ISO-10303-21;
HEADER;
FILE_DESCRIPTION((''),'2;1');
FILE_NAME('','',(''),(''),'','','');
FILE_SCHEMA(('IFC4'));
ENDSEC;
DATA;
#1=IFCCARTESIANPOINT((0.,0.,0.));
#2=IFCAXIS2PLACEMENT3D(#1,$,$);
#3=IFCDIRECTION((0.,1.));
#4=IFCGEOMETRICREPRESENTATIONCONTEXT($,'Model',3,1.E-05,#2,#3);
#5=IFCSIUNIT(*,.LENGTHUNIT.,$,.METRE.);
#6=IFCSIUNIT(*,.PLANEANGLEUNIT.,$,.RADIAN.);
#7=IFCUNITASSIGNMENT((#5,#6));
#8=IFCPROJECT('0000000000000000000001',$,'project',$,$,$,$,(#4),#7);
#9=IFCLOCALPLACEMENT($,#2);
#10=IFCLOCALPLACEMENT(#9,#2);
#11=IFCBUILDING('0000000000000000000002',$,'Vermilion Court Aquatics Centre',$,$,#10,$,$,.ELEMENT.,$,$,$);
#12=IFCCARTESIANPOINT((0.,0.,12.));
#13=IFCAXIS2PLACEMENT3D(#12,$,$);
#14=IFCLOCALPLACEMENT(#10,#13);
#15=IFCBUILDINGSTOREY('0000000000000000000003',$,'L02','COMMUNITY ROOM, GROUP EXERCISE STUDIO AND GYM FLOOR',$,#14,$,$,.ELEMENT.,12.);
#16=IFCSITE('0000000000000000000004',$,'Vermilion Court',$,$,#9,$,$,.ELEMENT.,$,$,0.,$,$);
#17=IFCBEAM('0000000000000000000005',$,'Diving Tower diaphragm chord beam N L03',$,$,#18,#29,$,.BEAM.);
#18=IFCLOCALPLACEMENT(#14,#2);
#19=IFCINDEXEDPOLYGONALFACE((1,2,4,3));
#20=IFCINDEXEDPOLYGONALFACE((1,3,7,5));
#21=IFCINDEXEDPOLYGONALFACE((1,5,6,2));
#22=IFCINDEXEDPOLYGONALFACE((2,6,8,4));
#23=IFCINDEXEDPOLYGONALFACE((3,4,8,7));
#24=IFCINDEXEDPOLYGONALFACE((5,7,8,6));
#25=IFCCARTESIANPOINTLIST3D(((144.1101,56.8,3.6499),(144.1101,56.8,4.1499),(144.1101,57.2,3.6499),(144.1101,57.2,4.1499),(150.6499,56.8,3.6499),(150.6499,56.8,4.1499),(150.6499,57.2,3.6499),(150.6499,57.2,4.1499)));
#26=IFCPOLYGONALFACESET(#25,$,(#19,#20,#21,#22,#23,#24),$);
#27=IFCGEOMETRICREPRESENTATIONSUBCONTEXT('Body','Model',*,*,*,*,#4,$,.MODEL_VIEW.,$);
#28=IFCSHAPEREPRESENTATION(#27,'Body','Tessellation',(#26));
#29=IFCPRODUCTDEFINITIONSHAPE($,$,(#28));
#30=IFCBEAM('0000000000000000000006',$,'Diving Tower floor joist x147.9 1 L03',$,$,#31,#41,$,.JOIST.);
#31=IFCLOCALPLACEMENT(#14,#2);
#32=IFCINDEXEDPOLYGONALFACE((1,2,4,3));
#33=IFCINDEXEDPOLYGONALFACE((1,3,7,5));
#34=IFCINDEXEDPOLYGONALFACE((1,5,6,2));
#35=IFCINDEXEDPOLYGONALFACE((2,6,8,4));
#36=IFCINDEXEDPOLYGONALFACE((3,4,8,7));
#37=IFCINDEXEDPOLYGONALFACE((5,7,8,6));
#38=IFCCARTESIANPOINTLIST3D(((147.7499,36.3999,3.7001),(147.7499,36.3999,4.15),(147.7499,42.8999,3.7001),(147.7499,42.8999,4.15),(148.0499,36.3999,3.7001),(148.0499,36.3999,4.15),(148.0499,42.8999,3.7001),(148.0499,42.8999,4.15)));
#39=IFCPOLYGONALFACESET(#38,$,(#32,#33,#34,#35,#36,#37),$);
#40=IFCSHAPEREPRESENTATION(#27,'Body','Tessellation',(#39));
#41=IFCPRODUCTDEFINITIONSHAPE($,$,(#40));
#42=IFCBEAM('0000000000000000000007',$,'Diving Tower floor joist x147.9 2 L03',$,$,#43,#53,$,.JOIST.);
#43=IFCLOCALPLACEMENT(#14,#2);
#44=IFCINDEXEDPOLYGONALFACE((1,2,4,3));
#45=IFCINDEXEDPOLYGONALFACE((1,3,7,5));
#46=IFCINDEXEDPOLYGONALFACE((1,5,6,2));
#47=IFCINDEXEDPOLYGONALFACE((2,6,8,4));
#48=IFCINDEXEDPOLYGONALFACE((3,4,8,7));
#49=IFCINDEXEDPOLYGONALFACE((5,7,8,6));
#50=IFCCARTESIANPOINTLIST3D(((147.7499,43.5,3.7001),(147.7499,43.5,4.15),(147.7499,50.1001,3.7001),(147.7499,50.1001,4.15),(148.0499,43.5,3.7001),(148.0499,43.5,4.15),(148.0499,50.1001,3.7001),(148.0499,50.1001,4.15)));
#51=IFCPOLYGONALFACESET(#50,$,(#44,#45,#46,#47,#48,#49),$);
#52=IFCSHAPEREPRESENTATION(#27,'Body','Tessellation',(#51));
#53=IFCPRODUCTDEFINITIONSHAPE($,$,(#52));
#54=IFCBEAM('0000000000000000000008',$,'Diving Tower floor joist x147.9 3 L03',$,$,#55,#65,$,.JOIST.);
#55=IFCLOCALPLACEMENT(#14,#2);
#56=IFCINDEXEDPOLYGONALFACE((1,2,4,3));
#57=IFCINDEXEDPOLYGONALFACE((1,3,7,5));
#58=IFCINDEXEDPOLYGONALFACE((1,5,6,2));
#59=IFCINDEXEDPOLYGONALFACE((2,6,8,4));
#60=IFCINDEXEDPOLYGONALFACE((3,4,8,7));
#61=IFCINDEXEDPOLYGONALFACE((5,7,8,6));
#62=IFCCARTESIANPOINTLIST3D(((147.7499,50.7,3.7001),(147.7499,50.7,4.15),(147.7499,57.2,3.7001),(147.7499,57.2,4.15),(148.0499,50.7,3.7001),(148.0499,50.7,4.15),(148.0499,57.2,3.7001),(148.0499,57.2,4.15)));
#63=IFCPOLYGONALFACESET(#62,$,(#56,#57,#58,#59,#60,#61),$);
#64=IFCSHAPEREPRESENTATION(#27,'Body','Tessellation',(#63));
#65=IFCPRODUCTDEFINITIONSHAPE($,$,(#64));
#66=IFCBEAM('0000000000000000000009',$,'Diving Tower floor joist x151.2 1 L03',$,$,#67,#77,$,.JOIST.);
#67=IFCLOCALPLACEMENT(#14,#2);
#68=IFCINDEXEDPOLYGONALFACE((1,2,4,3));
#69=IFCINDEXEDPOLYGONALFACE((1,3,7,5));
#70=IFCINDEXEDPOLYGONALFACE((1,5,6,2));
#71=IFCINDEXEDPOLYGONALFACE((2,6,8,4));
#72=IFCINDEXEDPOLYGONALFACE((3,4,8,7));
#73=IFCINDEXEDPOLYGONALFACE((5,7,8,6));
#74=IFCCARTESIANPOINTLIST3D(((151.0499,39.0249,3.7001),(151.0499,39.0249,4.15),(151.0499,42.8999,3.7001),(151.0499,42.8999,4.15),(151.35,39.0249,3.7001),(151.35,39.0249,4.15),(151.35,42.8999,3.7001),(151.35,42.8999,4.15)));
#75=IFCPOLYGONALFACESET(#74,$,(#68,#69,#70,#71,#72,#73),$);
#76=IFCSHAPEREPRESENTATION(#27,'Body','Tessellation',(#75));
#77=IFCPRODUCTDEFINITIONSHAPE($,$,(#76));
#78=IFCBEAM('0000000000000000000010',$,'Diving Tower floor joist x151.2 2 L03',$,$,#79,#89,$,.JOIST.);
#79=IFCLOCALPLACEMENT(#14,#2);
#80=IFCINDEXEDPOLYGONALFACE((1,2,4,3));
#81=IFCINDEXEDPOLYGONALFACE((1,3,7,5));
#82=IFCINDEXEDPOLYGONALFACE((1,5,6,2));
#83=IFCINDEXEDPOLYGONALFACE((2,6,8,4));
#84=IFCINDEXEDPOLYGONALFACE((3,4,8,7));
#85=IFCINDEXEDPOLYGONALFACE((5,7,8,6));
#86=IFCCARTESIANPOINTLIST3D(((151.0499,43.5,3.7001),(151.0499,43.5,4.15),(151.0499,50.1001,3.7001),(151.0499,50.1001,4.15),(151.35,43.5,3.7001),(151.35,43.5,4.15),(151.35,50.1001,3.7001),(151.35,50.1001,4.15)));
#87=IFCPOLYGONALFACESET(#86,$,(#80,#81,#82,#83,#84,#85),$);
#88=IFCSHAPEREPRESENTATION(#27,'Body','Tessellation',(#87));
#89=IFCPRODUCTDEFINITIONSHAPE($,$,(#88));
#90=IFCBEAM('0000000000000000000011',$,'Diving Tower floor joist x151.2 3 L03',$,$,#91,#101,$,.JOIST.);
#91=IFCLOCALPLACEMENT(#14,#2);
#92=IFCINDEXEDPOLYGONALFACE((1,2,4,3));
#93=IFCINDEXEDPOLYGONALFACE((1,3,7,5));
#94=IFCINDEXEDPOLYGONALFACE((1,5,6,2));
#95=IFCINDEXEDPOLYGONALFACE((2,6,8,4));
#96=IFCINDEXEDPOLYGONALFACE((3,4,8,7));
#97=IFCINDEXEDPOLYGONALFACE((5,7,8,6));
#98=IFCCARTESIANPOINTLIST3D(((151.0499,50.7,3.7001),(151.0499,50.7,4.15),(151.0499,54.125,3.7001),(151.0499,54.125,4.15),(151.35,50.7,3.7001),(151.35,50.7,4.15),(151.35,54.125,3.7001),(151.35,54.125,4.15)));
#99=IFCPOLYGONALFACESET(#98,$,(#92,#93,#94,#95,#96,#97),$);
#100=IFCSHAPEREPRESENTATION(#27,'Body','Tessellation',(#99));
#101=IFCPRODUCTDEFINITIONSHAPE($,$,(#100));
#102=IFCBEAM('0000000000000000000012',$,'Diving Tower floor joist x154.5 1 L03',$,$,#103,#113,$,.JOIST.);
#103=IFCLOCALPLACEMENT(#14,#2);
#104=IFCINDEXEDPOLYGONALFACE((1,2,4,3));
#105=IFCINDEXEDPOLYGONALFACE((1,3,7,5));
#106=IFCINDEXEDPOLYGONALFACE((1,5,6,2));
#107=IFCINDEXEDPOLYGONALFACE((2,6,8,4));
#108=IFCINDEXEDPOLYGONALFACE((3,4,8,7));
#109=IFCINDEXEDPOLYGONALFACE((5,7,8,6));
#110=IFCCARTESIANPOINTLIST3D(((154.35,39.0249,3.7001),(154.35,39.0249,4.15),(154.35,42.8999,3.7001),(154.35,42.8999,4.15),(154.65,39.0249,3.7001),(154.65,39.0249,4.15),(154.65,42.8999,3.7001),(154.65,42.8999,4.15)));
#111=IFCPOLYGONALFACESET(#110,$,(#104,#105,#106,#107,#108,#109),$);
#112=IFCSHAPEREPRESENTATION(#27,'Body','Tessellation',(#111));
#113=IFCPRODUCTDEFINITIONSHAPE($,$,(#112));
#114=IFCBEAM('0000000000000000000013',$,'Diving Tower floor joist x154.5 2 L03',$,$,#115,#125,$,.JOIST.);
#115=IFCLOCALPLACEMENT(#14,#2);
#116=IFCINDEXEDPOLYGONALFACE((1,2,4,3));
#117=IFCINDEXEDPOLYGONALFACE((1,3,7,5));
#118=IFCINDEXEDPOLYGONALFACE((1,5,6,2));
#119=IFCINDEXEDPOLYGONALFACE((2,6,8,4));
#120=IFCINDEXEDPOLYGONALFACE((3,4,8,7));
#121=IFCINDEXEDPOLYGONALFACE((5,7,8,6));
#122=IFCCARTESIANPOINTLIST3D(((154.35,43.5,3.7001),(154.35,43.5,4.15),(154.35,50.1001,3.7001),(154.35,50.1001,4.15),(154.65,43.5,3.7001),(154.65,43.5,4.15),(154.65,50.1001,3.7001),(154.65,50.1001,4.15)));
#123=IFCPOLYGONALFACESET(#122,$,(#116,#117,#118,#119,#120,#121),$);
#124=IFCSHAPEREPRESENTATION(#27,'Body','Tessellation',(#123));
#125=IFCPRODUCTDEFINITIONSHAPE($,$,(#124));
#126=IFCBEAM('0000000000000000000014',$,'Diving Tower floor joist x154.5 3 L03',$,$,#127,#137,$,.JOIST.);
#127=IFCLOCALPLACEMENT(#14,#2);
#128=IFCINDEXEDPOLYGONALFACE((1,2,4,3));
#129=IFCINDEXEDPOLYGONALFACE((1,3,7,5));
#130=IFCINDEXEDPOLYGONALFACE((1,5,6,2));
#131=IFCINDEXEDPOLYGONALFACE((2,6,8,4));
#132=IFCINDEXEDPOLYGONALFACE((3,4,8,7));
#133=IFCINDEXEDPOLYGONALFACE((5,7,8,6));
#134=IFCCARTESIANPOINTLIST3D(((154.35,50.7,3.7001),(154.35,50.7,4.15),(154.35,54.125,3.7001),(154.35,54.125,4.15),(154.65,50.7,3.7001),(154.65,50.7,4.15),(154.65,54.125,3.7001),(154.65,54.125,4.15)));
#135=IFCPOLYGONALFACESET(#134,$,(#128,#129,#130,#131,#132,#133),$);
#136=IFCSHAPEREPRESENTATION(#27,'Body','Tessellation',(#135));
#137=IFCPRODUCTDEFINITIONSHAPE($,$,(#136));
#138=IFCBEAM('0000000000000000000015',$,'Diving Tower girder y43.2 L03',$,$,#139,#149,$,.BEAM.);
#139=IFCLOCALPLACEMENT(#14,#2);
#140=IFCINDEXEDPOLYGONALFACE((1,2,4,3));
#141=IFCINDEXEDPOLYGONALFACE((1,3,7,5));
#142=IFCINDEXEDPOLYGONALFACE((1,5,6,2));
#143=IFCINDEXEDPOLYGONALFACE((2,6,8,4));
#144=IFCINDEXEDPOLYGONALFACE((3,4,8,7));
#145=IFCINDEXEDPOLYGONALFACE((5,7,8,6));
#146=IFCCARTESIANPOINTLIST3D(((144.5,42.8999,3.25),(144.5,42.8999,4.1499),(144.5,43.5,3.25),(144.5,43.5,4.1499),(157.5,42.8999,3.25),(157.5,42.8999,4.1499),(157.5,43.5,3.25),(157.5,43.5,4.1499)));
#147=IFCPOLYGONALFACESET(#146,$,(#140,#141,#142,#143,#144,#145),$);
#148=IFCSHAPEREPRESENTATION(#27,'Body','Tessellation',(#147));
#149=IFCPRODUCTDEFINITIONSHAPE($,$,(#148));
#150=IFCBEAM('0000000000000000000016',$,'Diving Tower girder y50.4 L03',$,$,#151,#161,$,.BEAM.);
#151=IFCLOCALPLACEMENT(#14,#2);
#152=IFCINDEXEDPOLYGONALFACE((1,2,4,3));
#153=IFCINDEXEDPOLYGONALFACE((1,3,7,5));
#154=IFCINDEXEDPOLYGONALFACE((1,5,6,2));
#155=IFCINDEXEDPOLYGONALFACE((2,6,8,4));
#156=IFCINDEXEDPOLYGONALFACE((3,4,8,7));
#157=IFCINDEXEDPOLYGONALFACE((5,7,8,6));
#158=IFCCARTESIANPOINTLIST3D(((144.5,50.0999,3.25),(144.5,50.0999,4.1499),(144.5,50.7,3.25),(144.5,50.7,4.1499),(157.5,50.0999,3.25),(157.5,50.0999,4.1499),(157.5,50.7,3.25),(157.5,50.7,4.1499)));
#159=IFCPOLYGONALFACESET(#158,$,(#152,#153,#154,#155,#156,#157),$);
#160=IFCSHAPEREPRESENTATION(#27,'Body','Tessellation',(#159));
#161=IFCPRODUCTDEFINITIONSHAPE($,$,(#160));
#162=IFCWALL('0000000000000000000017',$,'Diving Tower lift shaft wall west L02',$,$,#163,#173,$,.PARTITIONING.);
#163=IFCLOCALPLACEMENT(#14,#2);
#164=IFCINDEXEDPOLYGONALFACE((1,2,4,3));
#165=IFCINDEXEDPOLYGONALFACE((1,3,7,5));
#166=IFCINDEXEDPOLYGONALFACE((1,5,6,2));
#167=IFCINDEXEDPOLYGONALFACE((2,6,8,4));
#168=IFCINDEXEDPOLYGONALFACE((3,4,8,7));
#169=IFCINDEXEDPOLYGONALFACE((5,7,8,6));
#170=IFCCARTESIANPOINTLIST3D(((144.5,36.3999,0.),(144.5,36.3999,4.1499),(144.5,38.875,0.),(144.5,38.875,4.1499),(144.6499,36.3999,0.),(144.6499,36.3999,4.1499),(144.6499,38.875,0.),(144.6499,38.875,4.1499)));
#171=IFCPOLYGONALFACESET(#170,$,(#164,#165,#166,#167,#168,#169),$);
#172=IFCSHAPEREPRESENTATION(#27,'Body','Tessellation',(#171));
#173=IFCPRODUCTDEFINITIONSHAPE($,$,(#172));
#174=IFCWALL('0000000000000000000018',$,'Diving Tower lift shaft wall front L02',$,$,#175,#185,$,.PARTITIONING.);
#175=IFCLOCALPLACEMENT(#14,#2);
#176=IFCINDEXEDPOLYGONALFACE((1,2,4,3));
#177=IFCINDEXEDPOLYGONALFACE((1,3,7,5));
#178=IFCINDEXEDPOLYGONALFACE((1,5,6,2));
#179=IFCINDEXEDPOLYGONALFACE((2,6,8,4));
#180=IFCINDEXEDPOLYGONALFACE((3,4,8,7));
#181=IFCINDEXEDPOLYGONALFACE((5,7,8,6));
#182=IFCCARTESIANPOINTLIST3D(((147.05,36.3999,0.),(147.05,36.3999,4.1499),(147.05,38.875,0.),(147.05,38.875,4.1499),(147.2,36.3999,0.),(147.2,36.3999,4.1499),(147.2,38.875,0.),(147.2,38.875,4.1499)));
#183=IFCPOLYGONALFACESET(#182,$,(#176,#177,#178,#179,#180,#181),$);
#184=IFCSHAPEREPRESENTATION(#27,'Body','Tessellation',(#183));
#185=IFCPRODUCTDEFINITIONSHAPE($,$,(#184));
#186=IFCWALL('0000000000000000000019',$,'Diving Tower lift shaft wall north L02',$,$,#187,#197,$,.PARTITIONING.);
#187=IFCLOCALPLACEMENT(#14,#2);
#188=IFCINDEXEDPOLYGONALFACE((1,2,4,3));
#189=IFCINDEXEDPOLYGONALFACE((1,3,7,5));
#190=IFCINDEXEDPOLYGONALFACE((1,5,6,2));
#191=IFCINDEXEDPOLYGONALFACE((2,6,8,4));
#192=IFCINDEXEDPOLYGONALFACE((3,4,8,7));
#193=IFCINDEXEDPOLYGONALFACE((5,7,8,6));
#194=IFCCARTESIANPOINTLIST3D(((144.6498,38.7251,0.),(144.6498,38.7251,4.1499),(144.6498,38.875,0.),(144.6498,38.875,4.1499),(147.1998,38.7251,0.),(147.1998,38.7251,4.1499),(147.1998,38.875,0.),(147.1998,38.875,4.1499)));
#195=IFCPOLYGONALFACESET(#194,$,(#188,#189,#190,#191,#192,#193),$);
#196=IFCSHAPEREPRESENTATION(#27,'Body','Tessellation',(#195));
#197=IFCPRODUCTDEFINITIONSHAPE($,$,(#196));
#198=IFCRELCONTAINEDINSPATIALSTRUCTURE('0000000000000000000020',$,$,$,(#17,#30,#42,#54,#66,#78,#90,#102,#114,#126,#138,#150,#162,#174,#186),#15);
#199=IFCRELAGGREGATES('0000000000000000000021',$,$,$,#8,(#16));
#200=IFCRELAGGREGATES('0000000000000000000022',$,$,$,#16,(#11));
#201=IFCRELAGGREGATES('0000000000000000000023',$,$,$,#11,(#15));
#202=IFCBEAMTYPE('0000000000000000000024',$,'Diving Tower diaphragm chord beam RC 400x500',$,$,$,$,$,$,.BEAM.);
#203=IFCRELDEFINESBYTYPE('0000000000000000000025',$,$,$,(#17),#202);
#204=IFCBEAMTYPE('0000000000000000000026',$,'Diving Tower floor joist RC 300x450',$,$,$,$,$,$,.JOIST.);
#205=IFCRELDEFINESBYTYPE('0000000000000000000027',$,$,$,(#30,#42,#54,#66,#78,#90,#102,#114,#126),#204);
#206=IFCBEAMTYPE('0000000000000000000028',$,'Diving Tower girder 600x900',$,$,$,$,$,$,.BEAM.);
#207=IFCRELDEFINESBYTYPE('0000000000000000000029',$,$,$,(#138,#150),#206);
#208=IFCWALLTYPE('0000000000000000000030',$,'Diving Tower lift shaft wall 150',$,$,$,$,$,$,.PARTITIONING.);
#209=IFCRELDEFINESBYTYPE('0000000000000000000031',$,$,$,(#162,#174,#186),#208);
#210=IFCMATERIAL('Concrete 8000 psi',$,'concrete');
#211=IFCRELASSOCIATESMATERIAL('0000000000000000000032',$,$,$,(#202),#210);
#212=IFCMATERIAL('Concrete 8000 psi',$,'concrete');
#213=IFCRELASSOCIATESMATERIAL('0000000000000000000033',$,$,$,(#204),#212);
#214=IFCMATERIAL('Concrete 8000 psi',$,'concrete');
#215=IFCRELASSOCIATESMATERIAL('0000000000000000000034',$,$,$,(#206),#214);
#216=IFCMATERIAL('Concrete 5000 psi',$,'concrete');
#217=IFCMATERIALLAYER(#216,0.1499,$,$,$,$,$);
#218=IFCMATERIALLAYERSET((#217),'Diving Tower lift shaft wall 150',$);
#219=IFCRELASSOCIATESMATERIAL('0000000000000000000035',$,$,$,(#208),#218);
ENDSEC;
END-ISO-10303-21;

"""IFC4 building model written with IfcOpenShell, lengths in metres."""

from ifc_helpers import new_model, si_unit, direction, frame, frame_2d, origin, origin_2d, place, context, subcontext, project, spatial, rectangle, extrude, material, layer, layer_set, material_profile, profile_set, type_object, element, save


model = new_model("IFC4")

# Units and contexts
model_context = context("Model", 3, precision=1e-05, world=origin(), true_north=direction((0.0, 1.0)))
body_context = subcontext(model_context, "Body", "Model", "MODEL_VIEW")
ifc_project = project(units=[si_unit("LENGTHUNIT", "METRE"), si_unit("PLANEANGLEUNIT", "RADIAN")], contexts=[model_context])

# Site, building, storey
site_placement = place(None, origin())
site = spatial("IfcSite", under=ifc_project, at=site_placement, Name="Vermilion Court", CompositionType="ELEMENT", RefElevation=0.0)
building_placement = place(site_placement, origin())
building = spatial("IfcBuilding", under=site, at=building_placement, Name="Vermilion Court Aquatics Centre", CompositionType="ELEMENT")
storey_placement = place(building_placement, frame((0.0, 0.0, 12.0)))
storey = spatial("IfcBuildingStorey", under=building, at=storey_placement, Name="L02", Description="COMMUNITY ROOM, GROUP EXERCISE STUDIO AND GYM FLOOR", CompositionType="ELEMENT", Elevation=12.0)

# Beams
ifc_material_1 = material(Name="Concrete 8000 psi", Category="concrete")
ifc_material_profile_1 = material_profile(ifc_material_1, rectangle(XDim=0.3999, YDim=0.5, at=origin_2d()), Name="RC 400x500")
ifc_profile_set_1 = profile_set([ifc_material_profile_1], Name="Concrete 8000 psi")
beam_type_1 = type_object("IfcBeamType", Name="Diving Tower diaphragm chord beam RC 400x500", PredefinedType="BEAM", material=ifc_profile_set_1)
beam_1_placement = place(storey_placement, frame((144.1101, 57.0, 3.8999), z_axis=(1.0, 0.0, 0.0), x_axis=(0.0, 1.0, 0.0)))
element("IfcBeam", 1, at=beam_1_placement, inside=storey, type_object=beam_type_1, Name="Diving Tower diaphragm chord beam N L03", PredefinedType="BEAM", context=body_context, shape_type="SweptSolid", body=[
    extrude(rectangle(XDim=0.3999, YDim=0.5, at=origin_2d()), origin(), (0.0, 0.0, 1.0), 6.5398),
])
ifc_material_2 = material(Name="Concrete 8000 psi", Category="concrete")
ifc_material_profile_2 = material_profile(ifc_material_2, rectangle(XDim=0.3, YDim=0.45, at=origin_2d()), Name="RC 300x450")
ifc_profile_set_2 = profile_set([ifc_material_profile_2], Name="Concrete 8000 psi")
beam_type_2 = type_object("IfcBeamType", Name="Diving Tower floor joist RC 300x450", PredefinedType="JOIST", material=ifc_profile_set_2)
beam_2_placement = place(storey_placement, frame((147.8999, 36.3999, 3.925), z_axis=(0.0, 1.0, 0.0), x_axis=(-1.0, 0.0, 0.0)))
element("IfcBeam", 2, at=beam_2_placement, inside=storey, type_object=beam_type_2, Name="Diving Tower floor joist x147.9 1 L03", PredefinedType="JOIST", context=body_context, shape_type="SweptSolid", body=[
    extrude(rectangle(XDim=0.3, YDim=0.45, at=origin_2d()), origin(), (0.0, 0.0, 1.0), 6.5),
])
beam_3_placement = place(storey_placement, frame((147.8999, 43.5, 3.925), z_axis=(0.0, 1.0, 0.0), x_axis=(-1.0, 0.0, 0.0)))
element("IfcBeam", 3, at=beam_3_placement, inside=storey, type_object=beam_type_2, Name="Diving Tower floor joist x147.9 2 L03", PredefinedType="JOIST", context=body_context, shape_type="SweptSolid", body=[
    extrude(rectangle(XDim=0.3, YDim=0.45, at=origin_2d()), origin(), (0.0, 0.0, 1.0), 6.6001),
])
beam_4_placement = place(storey_placement, frame((147.8999, 50.7, 3.925), z_axis=(0.0, 1.0, 0.0), x_axis=(-1.0, 0.0, 0.0)))
element("IfcBeam", 4, at=beam_4_placement, inside=storey, type_object=beam_type_2, Name="Diving Tower floor joist x147.9 3 L03", PredefinedType="JOIST", context=body_context, shape_type="SweptSolid", body=[
    extrude(rectangle(XDim=0.3, YDim=0.45, at=origin_2d()), origin(), (0.0, 0.0, 1.0), 6.5),
])
beam_5_placement = place(storey_placement, frame((151.2, 39.0249, 3.925), z_axis=(0.0, 1.0, 0.0), x_axis=(-1.0, 0.0, 0.0)))
element("IfcBeam", 5, at=beam_5_placement, inside=storey, type_object=beam_type_2, Name="Diving Tower floor joist x151.2 1 L03", PredefinedType="JOIST", context=body_context, shape_type="SweptSolid", body=[
    extrude(rectangle(XDim=0.3, YDim=0.45, at=origin_2d()), origin(), (0.0, 0.0, 1.0), 3.875),
])
beam_6_placement = place(storey_placement, frame((151.2, 43.5, 3.925), z_axis=(0.0, 1.0, 0.0), x_axis=(-1.0, 0.0, 0.0)))
element("IfcBeam", 6, at=beam_6_placement, inside=storey, type_object=beam_type_2, Name="Diving Tower floor joist x151.2 2 L03", PredefinedType="JOIST", context=body_context, shape_type="SweptSolid", body=[
    extrude(rectangle(XDim=0.3, YDim=0.45, at=origin_2d()), origin(), (0.0, 0.0, 1.0), 6.6001),
])
beam_7_placement = place(storey_placement, frame((151.2, 50.7, 3.925), z_axis=(0.0, 1.0, 0.0), x_axis=(-1.0, 0.0, 0.0)))
element("IfcBeam", 7, at=beam_7_placement, inside=storey, type_object=beam_type_2, Name="Diving Tower floor joist x151.2 3 L03", PredefinedType="JOIST", context=body_context, shape_type="SweptSolid", body=[
    extrude(rectangle(XDim=0.3, YDim=0.45, at=origin_2d()), origin(), (0.0, 0.0, 1.0), 3.425),
])
beam_8_placement = place(storey_placement, frame((154.5, 39.0249, 3.925), z_axis=(0.0, 1.0, 0.0), x_axis=(-1.0, 0.0, 0.0)))
element("IfcBeam", 8, at=beam_8_placement, inside=storey, type_object=beam_type_2, Name="Diving Tower floor joist x154.5 1 L03", PredefinedType="JOIST", context=body_context, shape_type="SweptSolid", body=[
    extrude(rectangle(XDim=0.3, YDim=0.45, at=origin_2d()), origin(), (0.0, 0.0, 1.0), 3.875),
])
beam_9_placement = place(storey_placement, frame((154.5, 43.5, 3.925), z_axis=(0.0, 1.0, 0.0), x_axis=(-1.0, 0.0, 0.0)))
element("IfcBeam", 9, at=beam_9_placement, inside=storey, type_object=beam_type_2, Name="Diving Tower floor joist x154.5 2 L03", PredefinedType="JOIST", context=body_context, shape_type="SweptSolid", body=[
    extrude(rectangle(XDim=0.3, YDim=0.45, at=origin_2d()), origin(), (0.0, 0.0, 1.0), 6.6001),
])
beam_10_placement = place(storey_placement, frame((154.5, 50.7, 3.925), z_axis=(0.0, 1.0, 0.0), x_axis=(-1.0, 0.0, 0.0)))
element("IfcBeam", 10, at=beam_10_placement, inside=storey, type_object=beam_type_2, Name="Diving Tower floor joist x154.5 3 L03", PredefinedType="JOIST", context=body_context, shape_type="SweptSolid", body=[
    extrude(rectangle(XDim=0.3, YDim=0.45, at=origin_2d()), origin(), (0.0, 0.0, 1.0), 3.425),
])
ifc_material_3 = material(Name="Concrete 8000 psi", Category="concrete")
ifc_material_profile_3 = material_profile(ifc_material_3, rectangle(XDim=0.6001, YDim=0.8999, at=origin_2d()), Name="RC 600x900")
ifc_profile_set_3 = profile_set([ifc_material_profile_3], Name="Concrete 8000 psi")
beam_type_3 = type_object("IfcBeamType", Name="Diving Tower girder 600x900", PredefinedType="BEAM", material=ifc_profile_set_3)
for number, where, z_axis, x_axis, name in (
    (11, (144.5, 43.2, 3.7), (1.0, 0.0, 0.0), (0.0, 1.0, 0.0), "Diving Tower girder y43.2 L03"),
    (12, (144.5, 50.3999, 3.7), (1.0, 0.0, 0.0), (0.0, 1.0, 0.0), "Diving Tower girder y50.4 L03"),
):
    element("IfcBeam", number, at=place(storey_placement, frame(where, z_axis=z_axis, x_axis=x_axis)), inside=storey, type_object=beam_type_3, Name=name, PredefinedType="BEAM", context=body_context, shape_type="SweptSolid", body=[
        extrude(rectangle(XDim=0.6001, YDim=0.8999, at=origin_2d()), origin(), (0.0, 0.0, 1.0), 13.0),
    ])

# Walls
ifc_material_4 = material(Name="Concrete 5000 psi", Category="concrete")
ifc_layer_1 = layer(ifc_material_4, 0.1499)
ifc_layer_set_1 = layer_set([ifc_layer_1], Name="Diving Tower lift shaft wall 150")
wall_type_1 = type_object("IfcWallType", Name="Diving Tower lift shaft wall 150", PredefinedType="PARTITIONING", material=ifc_layer_set_1)
for number, where, z_axis, x_axis, name in (
    (13, (144.575, 36.3999, 0.0), (0.0, 0.0, 1.0), (0.0, 1.0, 0.0), "Diving Tower lift shaft wall west L02"),
    (14, (147.125, 36.3999, 0.0), (0.0, 0.0, 1.0), (0.0, 1.0, 0.0), "Diving Tower lift shaft wall front L02"),
):
    element("IfcWall", number, at=place(storey_placement, frame(where, z_axis=z_axis, x_axis=x_axis)), inside=storey, type_object=wall_type_1, Name=name, PredefinedType="PARTITIONING", context=body_context, shape_type="SweptSolid", body=[
        extrude(rectangle(XDim=2.4751, YDim=0.1499, at=frame_2d((1.2375, 0.0))), origin(), (0.0, 0.0, 1.0), 4.1499),
    ])
wall_1_placement = place(storey_placement, frame((144.6499, 38.8, 0.0), z_axis=(0.0, 0.0, 1.0), x_axis=(1.0, 0.0, 0.0)))
element("IfcWall", 15, at=wall_1_placement, inside=storey, type_object=wall_type_1, Name="Diving Tower lift shaft wall north L02", PredefinedType="PARTITIONING", context=body_context, shape_type="SweptSolid", body=[
    extrude(rectangle(XDim=2.55, YDim=0.1499, at=frame_2d((1.2749, 0.0))), origin(), (0.0, 0.0, 1.0), 4.1499),
])

save(model, "model.ifc")
